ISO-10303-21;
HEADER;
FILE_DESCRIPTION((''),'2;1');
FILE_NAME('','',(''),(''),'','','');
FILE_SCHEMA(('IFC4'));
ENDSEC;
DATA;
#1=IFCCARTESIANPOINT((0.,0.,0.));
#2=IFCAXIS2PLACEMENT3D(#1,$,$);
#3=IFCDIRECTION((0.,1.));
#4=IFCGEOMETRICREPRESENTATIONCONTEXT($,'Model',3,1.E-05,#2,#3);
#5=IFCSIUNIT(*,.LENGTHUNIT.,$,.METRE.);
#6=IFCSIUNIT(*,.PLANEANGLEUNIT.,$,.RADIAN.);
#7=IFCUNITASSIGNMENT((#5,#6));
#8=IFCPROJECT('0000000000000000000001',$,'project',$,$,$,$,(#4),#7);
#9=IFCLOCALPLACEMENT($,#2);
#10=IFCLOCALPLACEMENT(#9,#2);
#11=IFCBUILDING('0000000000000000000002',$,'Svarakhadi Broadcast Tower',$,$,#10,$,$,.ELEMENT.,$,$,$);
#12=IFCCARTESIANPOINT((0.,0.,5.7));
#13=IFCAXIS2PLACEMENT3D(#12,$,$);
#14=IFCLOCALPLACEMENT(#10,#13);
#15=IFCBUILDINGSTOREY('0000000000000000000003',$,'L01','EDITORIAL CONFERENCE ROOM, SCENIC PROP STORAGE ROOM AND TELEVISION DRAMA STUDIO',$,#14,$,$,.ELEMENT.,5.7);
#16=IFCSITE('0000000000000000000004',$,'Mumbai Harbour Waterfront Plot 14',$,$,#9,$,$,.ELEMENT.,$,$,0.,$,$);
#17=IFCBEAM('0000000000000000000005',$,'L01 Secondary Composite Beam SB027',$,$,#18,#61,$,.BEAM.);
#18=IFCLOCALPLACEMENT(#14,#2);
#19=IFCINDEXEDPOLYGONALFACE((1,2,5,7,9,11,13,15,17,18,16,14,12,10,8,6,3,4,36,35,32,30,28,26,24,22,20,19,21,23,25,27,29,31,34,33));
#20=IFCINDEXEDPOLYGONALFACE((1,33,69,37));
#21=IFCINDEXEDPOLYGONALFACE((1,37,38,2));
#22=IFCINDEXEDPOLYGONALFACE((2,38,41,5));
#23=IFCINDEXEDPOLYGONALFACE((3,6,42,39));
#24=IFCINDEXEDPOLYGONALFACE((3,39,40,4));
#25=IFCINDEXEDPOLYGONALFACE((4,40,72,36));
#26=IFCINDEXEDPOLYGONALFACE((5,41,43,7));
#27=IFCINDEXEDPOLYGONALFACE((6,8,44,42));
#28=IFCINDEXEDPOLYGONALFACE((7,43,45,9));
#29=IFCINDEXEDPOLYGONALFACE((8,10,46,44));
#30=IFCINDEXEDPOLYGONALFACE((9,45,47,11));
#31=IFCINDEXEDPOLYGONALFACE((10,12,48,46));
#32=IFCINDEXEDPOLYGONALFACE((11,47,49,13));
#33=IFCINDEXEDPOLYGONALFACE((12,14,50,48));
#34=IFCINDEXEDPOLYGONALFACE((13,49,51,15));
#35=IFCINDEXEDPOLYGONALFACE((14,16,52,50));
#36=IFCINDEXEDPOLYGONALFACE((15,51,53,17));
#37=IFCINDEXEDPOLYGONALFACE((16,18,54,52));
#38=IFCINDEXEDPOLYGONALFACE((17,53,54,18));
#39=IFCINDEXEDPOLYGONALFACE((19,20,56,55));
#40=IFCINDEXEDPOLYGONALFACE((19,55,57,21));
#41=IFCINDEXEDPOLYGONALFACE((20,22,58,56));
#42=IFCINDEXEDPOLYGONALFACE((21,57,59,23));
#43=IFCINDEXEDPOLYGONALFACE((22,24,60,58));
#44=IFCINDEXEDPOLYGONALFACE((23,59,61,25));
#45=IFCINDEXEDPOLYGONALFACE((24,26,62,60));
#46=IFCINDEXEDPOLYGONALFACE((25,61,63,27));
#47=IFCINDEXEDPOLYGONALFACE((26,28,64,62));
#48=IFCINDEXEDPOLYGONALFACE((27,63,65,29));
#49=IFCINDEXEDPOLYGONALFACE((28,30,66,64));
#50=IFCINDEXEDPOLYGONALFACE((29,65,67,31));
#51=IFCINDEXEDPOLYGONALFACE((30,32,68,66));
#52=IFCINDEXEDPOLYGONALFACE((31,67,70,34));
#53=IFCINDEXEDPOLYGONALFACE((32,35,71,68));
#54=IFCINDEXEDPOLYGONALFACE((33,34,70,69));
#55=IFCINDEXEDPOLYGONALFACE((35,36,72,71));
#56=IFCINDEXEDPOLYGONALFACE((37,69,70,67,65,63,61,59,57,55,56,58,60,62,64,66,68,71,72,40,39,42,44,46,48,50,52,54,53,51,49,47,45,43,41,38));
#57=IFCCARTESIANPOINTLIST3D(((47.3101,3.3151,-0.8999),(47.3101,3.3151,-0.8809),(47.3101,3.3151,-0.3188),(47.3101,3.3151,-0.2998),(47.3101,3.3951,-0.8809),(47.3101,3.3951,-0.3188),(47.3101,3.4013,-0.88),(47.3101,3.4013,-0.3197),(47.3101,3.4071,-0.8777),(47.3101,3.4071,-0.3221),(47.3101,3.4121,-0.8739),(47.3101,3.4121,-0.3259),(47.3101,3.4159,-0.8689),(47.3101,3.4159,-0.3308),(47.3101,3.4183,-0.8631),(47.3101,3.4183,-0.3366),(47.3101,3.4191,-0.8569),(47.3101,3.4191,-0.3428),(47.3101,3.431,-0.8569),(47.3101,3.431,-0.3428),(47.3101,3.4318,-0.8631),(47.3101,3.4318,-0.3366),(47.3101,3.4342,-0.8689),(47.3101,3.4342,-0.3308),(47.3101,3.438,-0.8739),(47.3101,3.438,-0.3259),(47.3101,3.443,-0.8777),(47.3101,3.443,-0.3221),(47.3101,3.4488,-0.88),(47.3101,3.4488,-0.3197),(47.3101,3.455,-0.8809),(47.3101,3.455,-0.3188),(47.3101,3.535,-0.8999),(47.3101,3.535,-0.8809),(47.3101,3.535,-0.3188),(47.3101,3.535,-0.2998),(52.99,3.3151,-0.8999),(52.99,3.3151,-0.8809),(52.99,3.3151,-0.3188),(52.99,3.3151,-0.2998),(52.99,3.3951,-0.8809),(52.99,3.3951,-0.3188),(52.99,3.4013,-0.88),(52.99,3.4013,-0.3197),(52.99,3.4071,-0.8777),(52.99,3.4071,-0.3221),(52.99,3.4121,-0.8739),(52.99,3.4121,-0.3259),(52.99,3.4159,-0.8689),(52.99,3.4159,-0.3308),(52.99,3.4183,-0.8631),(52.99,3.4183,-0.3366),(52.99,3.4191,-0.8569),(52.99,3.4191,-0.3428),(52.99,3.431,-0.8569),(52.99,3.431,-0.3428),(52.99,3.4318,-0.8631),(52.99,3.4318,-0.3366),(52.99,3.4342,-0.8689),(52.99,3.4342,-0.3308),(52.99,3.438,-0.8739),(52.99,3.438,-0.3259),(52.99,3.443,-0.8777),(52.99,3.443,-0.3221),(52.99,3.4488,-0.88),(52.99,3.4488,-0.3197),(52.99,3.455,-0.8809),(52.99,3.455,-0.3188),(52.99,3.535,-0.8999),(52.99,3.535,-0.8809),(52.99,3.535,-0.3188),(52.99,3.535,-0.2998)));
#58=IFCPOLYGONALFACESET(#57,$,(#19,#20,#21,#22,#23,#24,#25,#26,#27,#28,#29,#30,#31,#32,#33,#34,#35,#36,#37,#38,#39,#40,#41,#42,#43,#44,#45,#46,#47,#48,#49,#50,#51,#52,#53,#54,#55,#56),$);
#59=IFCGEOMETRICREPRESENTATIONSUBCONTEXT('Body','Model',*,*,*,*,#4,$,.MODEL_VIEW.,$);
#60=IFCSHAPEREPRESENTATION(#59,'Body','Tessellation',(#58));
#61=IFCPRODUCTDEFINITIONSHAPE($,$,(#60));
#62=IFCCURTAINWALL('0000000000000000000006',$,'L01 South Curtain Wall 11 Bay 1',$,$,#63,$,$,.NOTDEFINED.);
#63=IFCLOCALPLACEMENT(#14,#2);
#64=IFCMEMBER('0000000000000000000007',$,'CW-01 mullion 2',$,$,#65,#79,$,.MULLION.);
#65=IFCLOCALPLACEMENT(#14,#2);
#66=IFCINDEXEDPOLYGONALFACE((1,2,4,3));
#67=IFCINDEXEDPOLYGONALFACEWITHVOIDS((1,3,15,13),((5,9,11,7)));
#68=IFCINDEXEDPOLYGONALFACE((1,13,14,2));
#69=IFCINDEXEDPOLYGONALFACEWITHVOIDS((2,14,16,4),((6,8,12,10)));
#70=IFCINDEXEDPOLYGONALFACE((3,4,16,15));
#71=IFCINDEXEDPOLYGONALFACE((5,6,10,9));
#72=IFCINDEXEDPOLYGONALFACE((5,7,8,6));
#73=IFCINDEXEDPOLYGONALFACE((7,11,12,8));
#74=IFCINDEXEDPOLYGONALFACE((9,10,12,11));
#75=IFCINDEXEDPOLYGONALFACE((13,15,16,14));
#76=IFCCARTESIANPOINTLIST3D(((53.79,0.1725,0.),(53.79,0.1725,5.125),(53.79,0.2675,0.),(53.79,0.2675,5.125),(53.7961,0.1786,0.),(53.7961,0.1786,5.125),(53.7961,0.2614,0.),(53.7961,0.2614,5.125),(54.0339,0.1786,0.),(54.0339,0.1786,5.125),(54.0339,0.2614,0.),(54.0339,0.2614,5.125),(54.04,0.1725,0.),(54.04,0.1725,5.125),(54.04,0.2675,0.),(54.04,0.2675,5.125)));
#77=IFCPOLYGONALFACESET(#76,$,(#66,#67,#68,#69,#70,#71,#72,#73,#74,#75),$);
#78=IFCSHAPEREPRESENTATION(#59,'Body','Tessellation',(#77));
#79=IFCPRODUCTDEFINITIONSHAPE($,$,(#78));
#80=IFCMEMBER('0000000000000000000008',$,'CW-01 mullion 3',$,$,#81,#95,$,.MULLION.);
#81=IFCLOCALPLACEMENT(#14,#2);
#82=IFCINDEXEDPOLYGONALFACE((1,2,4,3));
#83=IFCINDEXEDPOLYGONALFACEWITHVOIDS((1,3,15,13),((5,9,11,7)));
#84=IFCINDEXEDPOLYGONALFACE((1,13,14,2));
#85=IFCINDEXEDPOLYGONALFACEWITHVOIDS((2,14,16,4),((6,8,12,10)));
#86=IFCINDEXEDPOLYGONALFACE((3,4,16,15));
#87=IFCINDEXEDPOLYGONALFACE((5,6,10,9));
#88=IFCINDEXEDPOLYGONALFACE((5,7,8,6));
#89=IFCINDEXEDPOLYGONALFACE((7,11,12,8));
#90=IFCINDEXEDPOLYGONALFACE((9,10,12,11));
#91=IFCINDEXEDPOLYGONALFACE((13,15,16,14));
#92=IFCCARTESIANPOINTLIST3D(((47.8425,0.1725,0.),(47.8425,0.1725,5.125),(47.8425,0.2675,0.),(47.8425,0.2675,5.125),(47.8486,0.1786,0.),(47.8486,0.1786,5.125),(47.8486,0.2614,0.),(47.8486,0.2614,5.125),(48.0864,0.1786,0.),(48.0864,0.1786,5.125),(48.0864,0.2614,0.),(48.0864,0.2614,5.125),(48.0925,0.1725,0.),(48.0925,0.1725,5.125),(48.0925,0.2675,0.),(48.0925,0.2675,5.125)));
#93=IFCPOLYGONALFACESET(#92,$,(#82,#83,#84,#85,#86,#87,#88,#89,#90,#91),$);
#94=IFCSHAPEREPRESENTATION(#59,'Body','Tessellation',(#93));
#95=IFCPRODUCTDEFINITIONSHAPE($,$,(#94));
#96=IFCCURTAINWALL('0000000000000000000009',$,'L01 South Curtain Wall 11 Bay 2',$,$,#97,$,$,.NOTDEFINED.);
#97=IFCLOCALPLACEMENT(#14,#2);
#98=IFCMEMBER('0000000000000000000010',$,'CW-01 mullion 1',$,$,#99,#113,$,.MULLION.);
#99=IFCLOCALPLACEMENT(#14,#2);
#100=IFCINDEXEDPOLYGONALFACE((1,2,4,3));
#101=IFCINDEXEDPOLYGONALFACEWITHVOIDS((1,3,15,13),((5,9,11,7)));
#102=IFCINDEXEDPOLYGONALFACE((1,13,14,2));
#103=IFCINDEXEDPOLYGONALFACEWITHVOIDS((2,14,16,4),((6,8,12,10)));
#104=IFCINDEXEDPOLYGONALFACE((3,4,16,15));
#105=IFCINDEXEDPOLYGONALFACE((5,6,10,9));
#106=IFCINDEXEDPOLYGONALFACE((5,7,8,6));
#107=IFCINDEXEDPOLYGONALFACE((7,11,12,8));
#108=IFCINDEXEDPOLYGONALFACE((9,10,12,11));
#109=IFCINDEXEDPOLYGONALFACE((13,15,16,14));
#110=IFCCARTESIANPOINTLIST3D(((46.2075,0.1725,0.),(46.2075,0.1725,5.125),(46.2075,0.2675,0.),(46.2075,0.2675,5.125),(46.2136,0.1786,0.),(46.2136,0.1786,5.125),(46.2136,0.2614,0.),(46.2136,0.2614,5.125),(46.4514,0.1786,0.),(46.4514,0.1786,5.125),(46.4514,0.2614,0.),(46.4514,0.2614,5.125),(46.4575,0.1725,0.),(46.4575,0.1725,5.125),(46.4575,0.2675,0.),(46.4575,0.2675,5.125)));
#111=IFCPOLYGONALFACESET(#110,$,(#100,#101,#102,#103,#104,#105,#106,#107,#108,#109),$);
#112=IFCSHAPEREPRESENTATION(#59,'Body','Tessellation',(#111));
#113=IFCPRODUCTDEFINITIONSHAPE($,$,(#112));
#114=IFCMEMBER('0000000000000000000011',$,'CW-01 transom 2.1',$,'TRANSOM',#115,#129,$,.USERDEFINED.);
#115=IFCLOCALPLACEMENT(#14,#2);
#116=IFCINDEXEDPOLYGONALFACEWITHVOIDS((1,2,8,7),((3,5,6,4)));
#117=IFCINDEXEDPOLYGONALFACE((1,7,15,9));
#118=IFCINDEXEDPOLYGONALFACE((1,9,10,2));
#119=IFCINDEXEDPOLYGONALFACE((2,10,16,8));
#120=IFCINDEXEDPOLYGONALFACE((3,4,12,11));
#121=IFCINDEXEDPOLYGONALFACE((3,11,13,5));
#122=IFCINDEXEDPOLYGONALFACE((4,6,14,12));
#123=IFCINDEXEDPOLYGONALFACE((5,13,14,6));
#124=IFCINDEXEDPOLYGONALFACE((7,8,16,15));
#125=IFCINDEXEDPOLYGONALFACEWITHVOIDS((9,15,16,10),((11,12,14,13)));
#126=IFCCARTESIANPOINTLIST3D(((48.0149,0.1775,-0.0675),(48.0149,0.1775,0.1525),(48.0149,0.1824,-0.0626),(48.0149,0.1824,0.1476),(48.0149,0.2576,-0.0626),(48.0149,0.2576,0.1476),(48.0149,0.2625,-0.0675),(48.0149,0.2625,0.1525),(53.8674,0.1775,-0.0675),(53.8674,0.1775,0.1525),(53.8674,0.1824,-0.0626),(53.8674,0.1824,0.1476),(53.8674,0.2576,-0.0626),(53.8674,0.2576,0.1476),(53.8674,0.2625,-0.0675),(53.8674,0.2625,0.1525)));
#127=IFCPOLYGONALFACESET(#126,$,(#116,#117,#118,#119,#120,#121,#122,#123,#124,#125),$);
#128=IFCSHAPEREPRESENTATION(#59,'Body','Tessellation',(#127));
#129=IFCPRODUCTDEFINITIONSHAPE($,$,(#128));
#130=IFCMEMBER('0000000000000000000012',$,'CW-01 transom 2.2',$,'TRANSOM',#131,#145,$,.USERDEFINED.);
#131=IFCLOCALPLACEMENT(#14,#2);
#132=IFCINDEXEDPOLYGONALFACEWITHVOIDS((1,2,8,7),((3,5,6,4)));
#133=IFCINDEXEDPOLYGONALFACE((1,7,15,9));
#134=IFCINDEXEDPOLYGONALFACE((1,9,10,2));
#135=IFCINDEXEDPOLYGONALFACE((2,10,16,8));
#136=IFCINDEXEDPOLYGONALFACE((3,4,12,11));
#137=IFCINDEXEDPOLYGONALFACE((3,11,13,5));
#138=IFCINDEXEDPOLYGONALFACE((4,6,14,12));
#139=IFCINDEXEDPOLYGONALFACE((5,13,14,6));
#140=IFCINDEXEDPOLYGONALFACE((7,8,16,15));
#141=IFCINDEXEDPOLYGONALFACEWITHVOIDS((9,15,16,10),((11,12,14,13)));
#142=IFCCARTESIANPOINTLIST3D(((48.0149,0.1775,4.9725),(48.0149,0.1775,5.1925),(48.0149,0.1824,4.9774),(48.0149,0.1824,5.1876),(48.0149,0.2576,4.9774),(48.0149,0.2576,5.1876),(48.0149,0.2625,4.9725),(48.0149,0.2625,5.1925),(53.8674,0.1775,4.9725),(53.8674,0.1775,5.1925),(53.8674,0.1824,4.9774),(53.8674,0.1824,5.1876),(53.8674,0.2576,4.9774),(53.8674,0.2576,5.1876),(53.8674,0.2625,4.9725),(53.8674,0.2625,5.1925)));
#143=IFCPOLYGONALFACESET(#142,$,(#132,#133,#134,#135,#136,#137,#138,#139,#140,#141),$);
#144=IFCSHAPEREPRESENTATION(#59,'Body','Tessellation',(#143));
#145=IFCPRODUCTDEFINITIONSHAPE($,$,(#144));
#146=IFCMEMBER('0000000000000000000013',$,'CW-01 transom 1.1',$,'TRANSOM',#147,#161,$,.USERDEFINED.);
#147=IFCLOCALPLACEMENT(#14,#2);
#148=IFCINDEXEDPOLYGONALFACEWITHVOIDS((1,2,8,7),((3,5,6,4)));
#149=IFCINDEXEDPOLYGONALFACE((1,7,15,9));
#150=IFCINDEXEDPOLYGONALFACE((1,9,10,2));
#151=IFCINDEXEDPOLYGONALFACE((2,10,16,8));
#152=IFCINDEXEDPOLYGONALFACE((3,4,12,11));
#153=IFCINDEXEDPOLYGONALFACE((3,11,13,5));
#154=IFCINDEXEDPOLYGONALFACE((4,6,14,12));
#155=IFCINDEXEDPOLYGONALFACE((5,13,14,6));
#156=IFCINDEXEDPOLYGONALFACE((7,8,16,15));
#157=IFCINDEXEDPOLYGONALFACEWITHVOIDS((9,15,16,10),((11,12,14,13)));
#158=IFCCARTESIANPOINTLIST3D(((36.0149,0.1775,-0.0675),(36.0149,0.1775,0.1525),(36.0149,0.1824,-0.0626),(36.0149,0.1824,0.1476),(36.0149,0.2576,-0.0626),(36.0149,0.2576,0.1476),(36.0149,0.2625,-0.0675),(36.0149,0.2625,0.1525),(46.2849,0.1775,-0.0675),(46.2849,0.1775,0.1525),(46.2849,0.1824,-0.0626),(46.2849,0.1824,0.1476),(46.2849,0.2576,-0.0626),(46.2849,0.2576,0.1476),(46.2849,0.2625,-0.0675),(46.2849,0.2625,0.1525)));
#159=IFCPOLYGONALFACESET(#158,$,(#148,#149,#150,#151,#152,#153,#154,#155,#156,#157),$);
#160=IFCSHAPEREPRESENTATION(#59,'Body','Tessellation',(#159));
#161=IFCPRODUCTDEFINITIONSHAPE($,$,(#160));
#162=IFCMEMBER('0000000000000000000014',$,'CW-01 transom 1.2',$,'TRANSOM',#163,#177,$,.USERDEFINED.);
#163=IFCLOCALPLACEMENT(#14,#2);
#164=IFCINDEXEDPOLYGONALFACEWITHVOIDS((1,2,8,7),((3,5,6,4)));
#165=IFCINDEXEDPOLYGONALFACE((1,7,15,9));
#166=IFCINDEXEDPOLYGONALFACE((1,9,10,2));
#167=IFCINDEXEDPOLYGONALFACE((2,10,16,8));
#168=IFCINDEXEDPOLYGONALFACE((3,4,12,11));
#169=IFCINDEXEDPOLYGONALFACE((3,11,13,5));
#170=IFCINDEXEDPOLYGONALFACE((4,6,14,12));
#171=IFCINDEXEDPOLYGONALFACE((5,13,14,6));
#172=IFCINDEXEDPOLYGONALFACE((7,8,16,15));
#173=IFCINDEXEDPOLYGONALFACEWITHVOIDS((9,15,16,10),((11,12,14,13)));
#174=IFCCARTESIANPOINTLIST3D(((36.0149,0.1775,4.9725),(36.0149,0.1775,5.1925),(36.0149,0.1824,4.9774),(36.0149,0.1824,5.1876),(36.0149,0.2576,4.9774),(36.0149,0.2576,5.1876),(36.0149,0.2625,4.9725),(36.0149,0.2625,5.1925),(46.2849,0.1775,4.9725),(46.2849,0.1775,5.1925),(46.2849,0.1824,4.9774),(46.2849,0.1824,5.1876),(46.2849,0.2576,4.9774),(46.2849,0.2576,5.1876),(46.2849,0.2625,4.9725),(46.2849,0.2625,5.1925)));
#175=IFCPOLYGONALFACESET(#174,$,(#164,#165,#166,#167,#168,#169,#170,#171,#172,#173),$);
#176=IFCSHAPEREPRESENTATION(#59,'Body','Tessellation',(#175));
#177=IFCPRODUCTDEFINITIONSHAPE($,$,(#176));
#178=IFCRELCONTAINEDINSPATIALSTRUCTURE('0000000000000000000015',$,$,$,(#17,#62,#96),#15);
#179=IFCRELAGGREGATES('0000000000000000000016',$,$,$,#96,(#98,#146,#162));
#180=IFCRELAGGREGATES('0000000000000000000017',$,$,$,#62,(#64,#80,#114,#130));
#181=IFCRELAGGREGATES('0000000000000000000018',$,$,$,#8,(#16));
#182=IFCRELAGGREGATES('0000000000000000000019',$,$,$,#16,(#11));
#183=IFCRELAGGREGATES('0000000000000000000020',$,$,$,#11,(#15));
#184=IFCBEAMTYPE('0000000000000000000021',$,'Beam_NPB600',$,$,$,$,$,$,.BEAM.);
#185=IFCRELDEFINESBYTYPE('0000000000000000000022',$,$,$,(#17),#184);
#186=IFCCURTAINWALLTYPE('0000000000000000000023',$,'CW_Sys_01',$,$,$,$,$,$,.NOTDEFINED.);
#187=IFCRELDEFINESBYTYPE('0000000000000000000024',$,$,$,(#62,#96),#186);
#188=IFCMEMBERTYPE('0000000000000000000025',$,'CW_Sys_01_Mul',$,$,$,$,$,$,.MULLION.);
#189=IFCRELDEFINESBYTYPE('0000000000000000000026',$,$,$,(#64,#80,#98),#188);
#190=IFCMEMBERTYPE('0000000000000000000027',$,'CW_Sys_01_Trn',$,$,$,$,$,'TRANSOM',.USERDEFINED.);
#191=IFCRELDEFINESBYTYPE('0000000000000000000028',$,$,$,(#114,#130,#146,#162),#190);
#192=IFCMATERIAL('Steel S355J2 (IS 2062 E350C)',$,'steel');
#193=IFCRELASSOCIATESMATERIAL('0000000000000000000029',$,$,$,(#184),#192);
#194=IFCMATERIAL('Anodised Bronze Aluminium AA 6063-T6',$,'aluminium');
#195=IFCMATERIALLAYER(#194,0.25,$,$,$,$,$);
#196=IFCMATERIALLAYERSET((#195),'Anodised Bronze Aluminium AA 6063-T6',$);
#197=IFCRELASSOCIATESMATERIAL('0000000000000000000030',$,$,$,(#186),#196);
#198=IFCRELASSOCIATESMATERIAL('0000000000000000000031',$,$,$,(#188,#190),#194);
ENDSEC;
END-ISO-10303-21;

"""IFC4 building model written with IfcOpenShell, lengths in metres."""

from ifc_helpers import new_model, si_unit, direction, frame, origin, origin_2d, place, context, subcontext, project, spatial, hollow_rectangle, i_section, extrude, material, layer, layer_set, material_profile, profile_set, type_object, element, aggregate, save


model = new_model("IFC4")

# Units and contexts
model_context = context("Model", 3, precision=1e-05, world=origin(), true_north=direction((0.0, 1.0)))
body_context = subcontext(model_context, "Body", "Model", "MODEL_VIEW")
ifc_project = project(units=[si_unit("LENGTHUNIT", "METRE"), si_unit("PLANEANGLEUNIT", "RADIAN")], contexts=[model_context])

# Site, building, storey
site_placement = place(None, origin())
site = spatial("IfcSite", under=ifc_project, at=site_placement, Name="Mumbai Harbour Waterfront Plot 14", CompositionType="ELEMENT", RefElevation=0.0)
building_placement = place(site_placement, origin())
building = spatial("IfcBuilding", under=site, at=building_placement, Name="Svarakhadi Broadcast Tower", CompositionType="ELEMENT")
storey_placement = place(building_placement, frame((0.0, 0.0, 5.7)))
storey = spatial("IfcBuildingStorey", under=building, at=storey_placement, Name="L01", Description="EDITORIAL CONFERENCE ROOM, SCENIC PROP STORAGE ROOM AND TELEVISION DRAMA STUDIO", CompositionType="ELEMENT", Elevation=5.7)

# Beam
ifc_material_1 = material(Name="Steel S355J2 (IS 2062 E350C)", Category="steel")
ifc_material_profile_1 = material_profile(ifc_material_1, i_section(OverallWidth=0.22, OverallDepth=0.6001, WebThickness=0.012, FlangeThickness=0.019, FilletRadius=0.0239, at=origin_2d()), Name="NPB 600x220x122")
ifc_profile_set_1 = profile_set([ifc_material_profile_1], Name="Steel S355J2 (IS 2062 E350C)")
beam_type_1 = type_object("IfcBeamType", Name="Beam_NPB600", PredefinedType="BEAM", material=ifc_profile_set_1)
for number, where, z_axis, x_axis, name in (
    (1, (47.3101, 3.425, -0.5999), (1.0, 0.0, 0.0), (0.0, 1.0, 0.0), "L01 Secondary Composite Beam SB027"),
):
    element("IfcBeam", number, at=place(storey_placement, frame(where, z_axis=z_axis, x_axis=x_axis)), inside=storey, type_object=beam_type_1, Name=name, PredefinedType="BEAM", context=body_context, shape_type="SweptSolid", body=[
        extrude(i_section(OverallWidth=0.22, OverallDepth=0.6001, WebThickness=0.012, FlangeThickness=0.019, FilletRadius=0.0239, at=origin_2d()), origin(), (0.0, 0.0, 1.0), 5.6799),
    ])

# Curtain wall, members
ifc_material_2 = material(Name="Anodised Bronze Aluminium AA 6063-T6", Category="aluminium")
ifc_layer_1 = layer(ifc_material_2, 0.25)
ifc_layer_set_1 = layer_set([ifc_layer_1], Name="Anodised Bronze Aluminium AA 6063-T6")
curtain_wall_type = type_object("IfcCurtainWallType", Name="CW_Sys_01", PredefinedType="NOTDEFINED", material=ifc_layer_set_1)
curtain_wall_1_placement = place(storey_placement, origin())
curtain_wall_1 = element("IfcCurtainWall", 2, at=curtain_wall_1_placement, inside=storey, type_object=curtain_wall_type, Name="L01 South Curtain Wall 11 Bay 1", PredefinedType="NOTDEFINED")
ifc_material_profile_2 = material_profile(ifc_material_2, hollow_rectangle(XDim=0.095, YDim=0.25, WallThickness=0.0061, at=origin_2d()), Name="ALU MULLION 250x95x6")
ifc_profile_set_2 = profile_set([ifc_material_profile_2], Name="Anodised Bronze Aluminium AA 6063-T6")
member_type_1 = type_object("IfcMemberType", Name="CW_Sys_01_Mul", PredefinedType="MULLION", material=ifc_profile_set_2)
member_1_placement = place(storey_placement, frame((53.915, 0.22, 0.0), z_axis=(0.0, 0.0, 1.0), x_axis=(0.0, -1.0, 0.0)))
member_1 = element("IfcMember", 3, at=member_1_placement, type_object=member_type_1, Name="CW-01 mullion 2", PredefinedType="MULLION", context=body_context, shape_type="SweptSolid", body=[
    extrude(hollow_rectangle(XDim=0.095, YDim=0.25, WallThickness=0.0061, at=origin_2d()), origin(), (0.0, 0.0, 1.0), 5.125),
])
member_2_placement = place(storey_placement, frame((47.9675, 0.22, 0.0), z_axis=(0.0, 0.0, 1.0), x_axis=(0.0, -1.0, 0.0)))
member_2 = element("IfcMember", 4, at=member_2_placement, type_object=member_type_1, Name="CW-01 mullion 3", PredefinedType="MULLION", context=body_context, shape_type="SweptSolid", body=[
    extrude(hollow_rectangle(XDim=0.095, YDim=0.25, WallThickness=0.0061, at=origin_2d()), origin(), (0.0, 0.0, 1.0), 5.125),
])

# Curtain wall, member
curtain_wall_2_placement = place(storey_placement, origin())
curtain_wall_2 = element("IfcCurtainWall", 5, at=curtain_wall_2_placement, inside=storey, type_object=curtain_wall_type, Name="L01 South Curtain Wall 11 Bay 2", PredefinedType="NOTDEFINED")
member_3_placement = place(storey_placement, frame((46.3325, 0.22, 0.0), z_axis=(0.0, 0.0, 1.0), x_axis=(0.0, -1.0, 0.0)))
member_3 = element("IfcMember", 6, at=member_3_placement, type_object=member_type_1, Name="CW-01 mullion 1", PredefinedType="MULLION", context=body_context, shape_type="SweptSolid", body=[
    extrude(hollow_rectangle(XDim=0.095, YDim=0.25, WallThickness=0.0061, at=origin_2d()), origin(), (0.0, 0.0, 1.0), 5.125),
])

# Members
ifc_material_profile_3 = material_profile(ifc_material_2, hollow_rectangle(XDim=0.085, YDim=0.22, WallThickness=0.0049, at=origin_2d()), Name="ALU TRANSOM 220x85x5")
ifc_profile_set_3 = profile_set([ifc_material_profile_3], Name="Anodised Bronze Aluminium AA 6063-T6")
member_type_2 = type_object("IfcMemberType", Name="CW_Sys_01_Trn", ElementType="TRANSOM", PredefinedType="USERDEFINED", material=ifc_profile_set_3)
member_4_placement = place(storey_placement, frame((53.8674, 0.22, 0.0425), z_axis=(-1.0, 0.0, 0.0), x_axis=(0.0, -1.0, 0.0)))
member_4 = element("IfcMember", 7, at=member_4_placement, type_object=member_type_2, Name="CW-01 transom 2.1", ObjectType="TRANSOM", PredefinedType="USERDEFINED", context=body_context, shape_type="SweptSolid", body=[
    extrude(hollow_rectangle(XDim=0.085, YDim=0.22, WallThickness=0.0049, at=origin_2d()), origin(), (0.0, 0.0, 1.0), 5.8525),
])
member_5_placement = place(storey_placement, frame((53.8674, 0.22, 5.0825), z_axis=(-1.0, 0.0, 0.0), x_axis=(0.0, -1.0, 0.0)))
member_5 = element("IfcMember", 8, at=member_5_placement, type_object=member_type_2, Name="CW-01 transom 2.2", ObjectType="TRANSOM", PredefinedType="USERDEFINED", context=body_context, shape_type="SweptSolid", body=[
    extrude(hollow_rectangle(XDim=0.085, YDim=0.22, WallThickness=0.0049, at=origin_2d()), origin(), (0.0, 0.0, 1.0), 5.8525),
])
member_6_placement = place(storey_placement, frame((46.2849, 0.22, 0.0425), z_axis=(-1.0, 0.0, 0.0), x_axis=(0.0, -1.0, 0.0)))
member_6 = element("IfcMember", 9, at=member_6_placement, type_object=member_type_2, Name="CW-01 transom 1.1", ObjectType="TRANSOM", PredefinedType="USERDEFINED", context=body_context, shape_type="SweptSolid", body=[
    extrude(hollow_rectangle(XDim=0.085, YDim=0.22, WallThickness=0.0049, at=origin_2d()), origin(), (0.0, 0.0, 1.0), 10.27),
])
member_7_placement = place(storey_placement, frame((46.2849, 0.22, 5.0825), z_axis=(-1.0, 0.0, 0.0), x_axis=(0.0, -1.0, 0.0)))
member_7 = element("IfcMember", 10, at=member_7_placement, type_object=member_type_2, Name="CW-01 transom 1.2", ObjectType="TRANSOM", PredefinedType="USERDEFINED", context=body_context, shape_type="SweptSolid", body=[
    extrude(hollow_rectangle(XDim=0.085, YDim=0.22, WallThickness=0.0049, at=origin_2d()), origin(), (0.0, 0.0, 1.0), 10.27),
])
aggregate(curtain_wall_2, [member_3, member_6, member_7])

aggregate(curtain_wall_1, [member_1, member_2, member_4, member_5])

save(model, "model.ifc")
